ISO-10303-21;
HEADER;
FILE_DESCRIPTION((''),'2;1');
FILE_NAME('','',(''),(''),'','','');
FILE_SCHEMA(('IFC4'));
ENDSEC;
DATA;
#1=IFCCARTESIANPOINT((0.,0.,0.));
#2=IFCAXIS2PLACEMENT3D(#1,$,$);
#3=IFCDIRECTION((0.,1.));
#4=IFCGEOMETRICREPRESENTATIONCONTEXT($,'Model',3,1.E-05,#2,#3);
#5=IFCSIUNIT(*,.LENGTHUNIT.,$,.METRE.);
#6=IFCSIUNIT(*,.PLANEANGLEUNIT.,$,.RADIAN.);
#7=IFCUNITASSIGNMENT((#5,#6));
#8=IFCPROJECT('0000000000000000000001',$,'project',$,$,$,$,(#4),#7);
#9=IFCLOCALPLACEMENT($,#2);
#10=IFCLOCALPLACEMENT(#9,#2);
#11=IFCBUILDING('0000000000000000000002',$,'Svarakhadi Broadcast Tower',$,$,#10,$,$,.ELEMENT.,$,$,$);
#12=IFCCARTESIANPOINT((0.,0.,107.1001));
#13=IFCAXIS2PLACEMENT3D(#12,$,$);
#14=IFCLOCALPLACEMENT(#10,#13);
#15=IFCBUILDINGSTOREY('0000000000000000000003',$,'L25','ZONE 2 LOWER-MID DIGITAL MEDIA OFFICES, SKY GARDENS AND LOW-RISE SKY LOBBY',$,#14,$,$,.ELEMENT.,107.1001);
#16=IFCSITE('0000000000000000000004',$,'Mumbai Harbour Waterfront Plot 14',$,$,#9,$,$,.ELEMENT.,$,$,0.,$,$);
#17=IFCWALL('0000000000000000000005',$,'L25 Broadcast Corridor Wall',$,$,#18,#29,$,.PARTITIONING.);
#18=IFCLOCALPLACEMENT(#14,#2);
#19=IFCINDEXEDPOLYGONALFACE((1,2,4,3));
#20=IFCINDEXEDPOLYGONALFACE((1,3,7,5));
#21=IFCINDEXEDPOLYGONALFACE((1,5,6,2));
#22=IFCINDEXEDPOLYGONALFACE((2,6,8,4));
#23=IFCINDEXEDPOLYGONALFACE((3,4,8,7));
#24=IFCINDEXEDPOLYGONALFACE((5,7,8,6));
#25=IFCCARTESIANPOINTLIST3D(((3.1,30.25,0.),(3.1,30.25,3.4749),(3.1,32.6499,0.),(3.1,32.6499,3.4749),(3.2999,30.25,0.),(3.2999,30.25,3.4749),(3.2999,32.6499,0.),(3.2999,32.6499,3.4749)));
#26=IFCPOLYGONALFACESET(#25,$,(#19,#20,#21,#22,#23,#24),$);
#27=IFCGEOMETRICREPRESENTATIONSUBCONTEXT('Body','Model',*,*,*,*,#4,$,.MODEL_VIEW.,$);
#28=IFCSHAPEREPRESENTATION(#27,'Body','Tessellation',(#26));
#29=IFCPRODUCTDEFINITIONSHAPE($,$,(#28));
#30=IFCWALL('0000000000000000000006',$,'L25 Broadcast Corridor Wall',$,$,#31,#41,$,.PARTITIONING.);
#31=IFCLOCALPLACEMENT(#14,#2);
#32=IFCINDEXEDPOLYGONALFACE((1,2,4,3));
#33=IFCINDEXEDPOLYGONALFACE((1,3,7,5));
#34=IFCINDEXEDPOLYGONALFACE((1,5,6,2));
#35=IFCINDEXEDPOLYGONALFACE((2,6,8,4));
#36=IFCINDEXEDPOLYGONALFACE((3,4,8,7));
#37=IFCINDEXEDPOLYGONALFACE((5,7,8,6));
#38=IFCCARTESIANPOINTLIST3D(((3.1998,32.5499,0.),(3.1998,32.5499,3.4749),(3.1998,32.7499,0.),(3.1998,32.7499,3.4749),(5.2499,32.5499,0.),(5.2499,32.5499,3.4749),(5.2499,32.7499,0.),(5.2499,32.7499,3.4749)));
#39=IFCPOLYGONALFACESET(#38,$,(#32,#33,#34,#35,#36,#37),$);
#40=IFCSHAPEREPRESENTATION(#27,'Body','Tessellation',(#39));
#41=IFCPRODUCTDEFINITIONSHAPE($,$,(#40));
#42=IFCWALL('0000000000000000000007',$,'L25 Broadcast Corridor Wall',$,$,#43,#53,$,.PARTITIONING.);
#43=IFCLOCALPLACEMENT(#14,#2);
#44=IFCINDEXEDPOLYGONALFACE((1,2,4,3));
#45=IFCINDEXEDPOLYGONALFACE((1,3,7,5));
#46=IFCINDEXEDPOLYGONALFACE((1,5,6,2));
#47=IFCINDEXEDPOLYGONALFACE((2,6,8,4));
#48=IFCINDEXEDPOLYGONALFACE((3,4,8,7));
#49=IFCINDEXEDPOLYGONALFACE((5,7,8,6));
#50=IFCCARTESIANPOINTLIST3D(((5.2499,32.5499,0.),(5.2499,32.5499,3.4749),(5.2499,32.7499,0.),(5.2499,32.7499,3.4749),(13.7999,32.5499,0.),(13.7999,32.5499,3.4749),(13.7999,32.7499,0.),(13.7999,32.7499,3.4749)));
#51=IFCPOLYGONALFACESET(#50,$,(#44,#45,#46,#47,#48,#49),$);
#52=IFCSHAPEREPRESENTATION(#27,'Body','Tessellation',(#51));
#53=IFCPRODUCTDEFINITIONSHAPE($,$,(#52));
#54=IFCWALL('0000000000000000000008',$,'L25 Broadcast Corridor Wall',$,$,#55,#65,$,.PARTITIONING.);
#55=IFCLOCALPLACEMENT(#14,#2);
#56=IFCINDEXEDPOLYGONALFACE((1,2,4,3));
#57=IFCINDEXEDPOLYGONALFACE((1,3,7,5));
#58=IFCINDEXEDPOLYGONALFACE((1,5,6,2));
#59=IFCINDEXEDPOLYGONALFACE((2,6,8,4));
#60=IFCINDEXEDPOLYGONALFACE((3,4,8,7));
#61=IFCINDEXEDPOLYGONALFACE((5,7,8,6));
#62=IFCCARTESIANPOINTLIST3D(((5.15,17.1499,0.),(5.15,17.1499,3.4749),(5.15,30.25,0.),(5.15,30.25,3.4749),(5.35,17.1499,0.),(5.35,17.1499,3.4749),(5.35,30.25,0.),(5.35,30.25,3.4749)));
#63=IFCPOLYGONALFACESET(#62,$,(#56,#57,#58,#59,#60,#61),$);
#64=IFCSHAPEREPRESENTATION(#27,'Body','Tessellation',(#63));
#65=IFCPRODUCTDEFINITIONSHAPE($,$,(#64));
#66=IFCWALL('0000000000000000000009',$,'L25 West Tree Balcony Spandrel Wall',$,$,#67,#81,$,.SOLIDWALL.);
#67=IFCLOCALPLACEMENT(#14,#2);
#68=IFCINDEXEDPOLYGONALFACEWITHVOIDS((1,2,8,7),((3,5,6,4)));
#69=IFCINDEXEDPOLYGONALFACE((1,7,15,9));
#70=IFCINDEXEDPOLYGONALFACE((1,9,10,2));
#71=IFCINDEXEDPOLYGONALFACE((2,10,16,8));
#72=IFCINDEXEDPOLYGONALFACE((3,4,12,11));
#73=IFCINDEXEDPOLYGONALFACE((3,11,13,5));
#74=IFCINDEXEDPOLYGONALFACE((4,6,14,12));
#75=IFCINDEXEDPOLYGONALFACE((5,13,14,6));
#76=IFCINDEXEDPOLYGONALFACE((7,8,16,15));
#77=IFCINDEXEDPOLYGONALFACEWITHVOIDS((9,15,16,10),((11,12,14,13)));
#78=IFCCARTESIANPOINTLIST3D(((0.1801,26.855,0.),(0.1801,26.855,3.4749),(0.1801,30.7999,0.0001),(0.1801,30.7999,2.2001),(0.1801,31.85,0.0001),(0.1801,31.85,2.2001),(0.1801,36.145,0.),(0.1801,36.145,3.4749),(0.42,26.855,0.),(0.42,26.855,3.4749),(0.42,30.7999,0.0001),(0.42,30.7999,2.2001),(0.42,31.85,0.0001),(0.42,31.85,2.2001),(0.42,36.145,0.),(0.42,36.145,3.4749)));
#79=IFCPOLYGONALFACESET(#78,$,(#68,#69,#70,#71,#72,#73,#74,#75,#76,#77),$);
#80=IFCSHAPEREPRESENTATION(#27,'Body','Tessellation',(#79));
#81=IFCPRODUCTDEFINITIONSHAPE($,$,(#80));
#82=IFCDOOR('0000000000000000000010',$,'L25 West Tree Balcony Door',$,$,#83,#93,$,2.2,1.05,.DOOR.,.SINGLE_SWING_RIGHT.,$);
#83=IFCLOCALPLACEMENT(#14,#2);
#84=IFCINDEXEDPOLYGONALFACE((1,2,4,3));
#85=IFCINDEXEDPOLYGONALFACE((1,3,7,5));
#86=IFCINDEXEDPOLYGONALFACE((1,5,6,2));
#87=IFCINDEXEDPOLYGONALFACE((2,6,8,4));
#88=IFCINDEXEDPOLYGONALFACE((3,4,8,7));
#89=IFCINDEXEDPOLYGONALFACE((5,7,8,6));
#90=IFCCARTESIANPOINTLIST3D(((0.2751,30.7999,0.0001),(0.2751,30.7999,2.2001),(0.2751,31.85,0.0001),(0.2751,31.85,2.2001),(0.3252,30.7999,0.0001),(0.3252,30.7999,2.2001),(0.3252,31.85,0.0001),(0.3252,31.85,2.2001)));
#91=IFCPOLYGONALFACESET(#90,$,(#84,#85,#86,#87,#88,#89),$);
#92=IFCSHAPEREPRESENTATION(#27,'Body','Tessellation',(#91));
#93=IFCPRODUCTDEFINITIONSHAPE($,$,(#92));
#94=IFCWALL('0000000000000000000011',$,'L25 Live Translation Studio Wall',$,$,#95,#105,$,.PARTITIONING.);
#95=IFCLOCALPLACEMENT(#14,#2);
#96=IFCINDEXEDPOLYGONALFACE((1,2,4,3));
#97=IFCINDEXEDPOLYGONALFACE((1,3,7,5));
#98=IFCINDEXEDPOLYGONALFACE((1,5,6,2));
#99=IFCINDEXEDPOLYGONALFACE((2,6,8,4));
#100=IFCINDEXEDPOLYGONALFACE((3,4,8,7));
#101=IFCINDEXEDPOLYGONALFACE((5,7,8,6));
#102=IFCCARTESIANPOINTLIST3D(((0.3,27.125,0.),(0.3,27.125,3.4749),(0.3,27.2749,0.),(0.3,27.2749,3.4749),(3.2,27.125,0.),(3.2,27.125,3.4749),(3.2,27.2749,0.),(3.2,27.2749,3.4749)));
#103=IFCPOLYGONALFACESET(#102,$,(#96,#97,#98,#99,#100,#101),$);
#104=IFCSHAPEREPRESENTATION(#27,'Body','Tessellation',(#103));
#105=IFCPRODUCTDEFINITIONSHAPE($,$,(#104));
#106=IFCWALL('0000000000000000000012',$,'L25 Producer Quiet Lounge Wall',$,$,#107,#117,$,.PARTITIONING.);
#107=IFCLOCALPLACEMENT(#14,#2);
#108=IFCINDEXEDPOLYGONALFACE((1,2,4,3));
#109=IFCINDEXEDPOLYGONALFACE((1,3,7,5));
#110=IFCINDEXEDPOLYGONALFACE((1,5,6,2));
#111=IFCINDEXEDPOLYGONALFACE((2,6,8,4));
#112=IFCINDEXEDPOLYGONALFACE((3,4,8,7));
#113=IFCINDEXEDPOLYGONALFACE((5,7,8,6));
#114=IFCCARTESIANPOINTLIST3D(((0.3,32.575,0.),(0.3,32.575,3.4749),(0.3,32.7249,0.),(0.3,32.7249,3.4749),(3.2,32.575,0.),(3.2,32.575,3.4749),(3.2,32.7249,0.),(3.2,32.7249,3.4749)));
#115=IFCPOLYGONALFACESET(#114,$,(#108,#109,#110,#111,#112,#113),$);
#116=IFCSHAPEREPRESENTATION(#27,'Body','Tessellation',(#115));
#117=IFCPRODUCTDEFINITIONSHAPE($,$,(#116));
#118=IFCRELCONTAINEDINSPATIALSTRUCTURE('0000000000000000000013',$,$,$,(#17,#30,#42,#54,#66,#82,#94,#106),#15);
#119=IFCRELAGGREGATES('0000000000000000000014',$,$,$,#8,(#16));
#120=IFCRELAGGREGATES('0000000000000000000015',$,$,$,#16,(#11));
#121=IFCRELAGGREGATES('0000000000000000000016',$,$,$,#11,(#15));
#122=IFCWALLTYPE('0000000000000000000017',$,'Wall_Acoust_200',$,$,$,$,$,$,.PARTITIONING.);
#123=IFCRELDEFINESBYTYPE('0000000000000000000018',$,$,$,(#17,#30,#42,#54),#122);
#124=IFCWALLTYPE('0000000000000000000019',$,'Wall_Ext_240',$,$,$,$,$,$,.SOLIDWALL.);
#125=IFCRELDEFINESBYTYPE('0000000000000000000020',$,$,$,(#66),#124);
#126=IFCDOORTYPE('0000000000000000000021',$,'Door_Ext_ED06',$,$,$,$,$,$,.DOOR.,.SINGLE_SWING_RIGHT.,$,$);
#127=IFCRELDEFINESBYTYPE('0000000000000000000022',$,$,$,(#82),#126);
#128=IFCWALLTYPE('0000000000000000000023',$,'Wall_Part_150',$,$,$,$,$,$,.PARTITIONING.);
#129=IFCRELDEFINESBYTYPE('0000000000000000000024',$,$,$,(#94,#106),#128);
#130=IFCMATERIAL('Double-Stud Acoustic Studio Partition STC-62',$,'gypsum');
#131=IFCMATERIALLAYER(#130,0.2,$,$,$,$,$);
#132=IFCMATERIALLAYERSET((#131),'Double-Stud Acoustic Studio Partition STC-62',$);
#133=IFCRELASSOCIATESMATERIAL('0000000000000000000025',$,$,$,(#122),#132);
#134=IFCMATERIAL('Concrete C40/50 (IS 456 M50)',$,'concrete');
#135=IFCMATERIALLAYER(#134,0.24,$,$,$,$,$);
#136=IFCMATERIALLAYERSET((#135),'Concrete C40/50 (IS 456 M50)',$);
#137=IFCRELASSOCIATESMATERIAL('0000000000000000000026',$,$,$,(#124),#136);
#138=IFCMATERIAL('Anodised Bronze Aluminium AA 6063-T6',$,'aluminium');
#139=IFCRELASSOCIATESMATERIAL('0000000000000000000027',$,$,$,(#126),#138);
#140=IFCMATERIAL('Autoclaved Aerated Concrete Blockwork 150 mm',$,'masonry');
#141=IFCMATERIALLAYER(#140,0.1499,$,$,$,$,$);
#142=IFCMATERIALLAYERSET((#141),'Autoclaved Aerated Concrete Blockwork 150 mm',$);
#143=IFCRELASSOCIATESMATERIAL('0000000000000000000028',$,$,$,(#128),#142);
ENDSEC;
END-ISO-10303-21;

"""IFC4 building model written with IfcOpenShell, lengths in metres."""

from ifc_helpers import new_model, si_unit, direction, frame, frame_2d, origin, place, context, subcontext, project, spatial, rectangle, extrude, material, layer, layer_set, type_object, element, fill, save


model = new_model("IFC4")

# Units and contexts
model_context = context("Model", 3, precision=1e-05, world=origin(), true_north=direction((0.0, 1.0)))
body_context = subcontext(model_context, "Body", "Model", "MODEL_VIEW")
ifc_project = project(units=[si_unit("LENGTHUNIT", "METRE"), si_unit("PLANEANGLEUNIT", "RADIAN")], contexts=[model_context])

# Site, building, storey
site_placement = place(None, origin())
site = spatial("IfcSite", under=ifc_project, at=site_placement, Name="Mumbai Harbour Waterfront Plot 14", CompositionType="ELEMENT", RefElevation=0.0)
building_placement = place(site_placement, origin())
building = spatial("IfcBuilding", under=site, at=building_placement, Name="Svarakhadi Broadcast Tower", CompositionType="ELEMENT")
storey_placement = place(building_placement, frame((0.0, 0.0, 107.1001)))
storey = spatial("IfcBuildingStorey", under=building, at=storey_placement, Name="L25", Description="ZONE 2 LOWER-MID DIGITAL MEDIA OFFICES, SKY GARDENS AND LOW-RISE SKY LOBBY", CompositionType="ELEMENT", Elevation=107.1001)

# Shared definitions
ifc_material_1 = material(Name="Anodised Bronze Aluminium AA 6063-T6", Category="aluminium")

# Walls
ifc_material_2 = material(Name="Double-Stud Acoustic Studio Partition STC-62", Category="gypsum")
ifc_layer_1 = layer(ifc_material_2, 0.2)
ifc_layer_set_1 = layer_set([ifc_layer_1], Name="Double-Stud Acoustic Studio Partition STC-62")
wall_type_1 = type_object("IfcWallType", Name="Wall_Acoust_200", PredefinedType="PARTITIONING", material=ifc_layer_set_1)
wall_1_placement = place(storey_placement, frame((3.2, 30.25, 0.0), z_axis=(0.0, 0.0, 1.0), x_axis=(0.0, 1.0, 0.0)))
element("IfcWall", 1, at=wall_1_placement, inside=storey, type_object=wall_type_1, Name="L25 Broadcast Corridor Wall", PredefinedType="PARTITIONING", context=body_context, shape_type="SweptSolid", body=[
    extrude(rectangle(XDim=2.3999, YDim=0.2, at=frame_2d((1.2, 0.0))), origin(), (0.0, 0.0, 1.0), 3.4749),
])
wall_2_placement = place(storey_placement, frame((3.2, 32.6499, 0.0), z_axis=(0.0, 0.0, 1.0), x_axis=(1.0, 0.0, 0.0)))
element("IfcWall", 2, at=wall_2_placement, inside=storey, type_object=wall_type_1, Name="L25 Broadcast Corridor Wall", PredefinedType="PARTITIONING", context=body_context, shape_type="SweptSolid", body=[
    extrude(rectangle(XDim=2.05, YDim=0.2, at=frame_2d((1.0249, 0.0))), origin(), (0.0, 0.0, 1.0), 3.4749),
])
wall_3_placement = place(storey_placement, frame((5.25, 32.6499, 0.0), z_axis=(0.0, 0.0, 1.0), x_axis=(1.0, 0.0, 0.0)))
element("IfcWall", 3, at=wall_3_placement, inside=storey, type_object=wall_type_1, Name="L25 Broadcast Corridor Wall", PredefinedType="PARTITIONING", context=body_context, shape_type="SweptSolid", body=[
    extrude(rectangle(XDim=8.55, YDim=0.2, at=frame_2d((4.2749, 0.0))), origin(), (0.0, 0.0, 1.0), 3.4749),
])
wall_4_placement = place(storey_placement, frame((5.25, 30.25, 0.0), z_axis=(0.0, 0.0, 1.0), x_axis=(0.0, -1.0, 0.0)))
element("IfcWall", 4, at=wall_4_placement, inside=storey, type_object=wall_type_1, Name="L25 Broadcast Corridor Wall", PredefinedType="PARTITIONING", context=body_context, shape_type="SweptSolid", body=[
    extrude(rectangle(XDim=13.1001, YDim=0.2, at=frame_2d((6.55, 0.0))), origin(), (0.0, 0.0, 1.0), 3.4749),
])

# Wall, opening, door
ifc_material_3 = material(Name="Concrete C40/50 (IS 456 M50)", Category="concrete")
ifc_layer_2 = layer(ifc_material_3, 0.24)
ifc_layer_set_2 = layer_set([ifc_layer_2], Name="Concrete C40/50 (IS 456 M50)")
wall_type_2 = type_object("IfcWallType", Name="Wall_Ext_240", PredefinedType="SOLIDWALL", material=ifc_layer_set_2)
wall_5_placement = place(storey_placement, frame((0.3, 26.855, 0.0), z_axis=(0.0, 0.0, 1.0), x_axis=(0.0, 1.0, 0.0)))
wall_5 = element("IfcWall", 5, at=wall_5_placement, inside=storey, type_object=wall_type_2, Name="L25 West Tree Balcony Spandrel Wall", PredefinedType="SOLIDWALL", context=body_context, shape_type="SweptSolid", body=[
    extrude(rectangle(XDim=9.29, YDim=0.24, at=frame_2d((4.645, 0.0))), origin(), (0.0, 0.0, 1.0), 3.4749),
])
opening_placement = place(wall_5_placement, frame((3.9451, 0.0, 0.0)))
opening = element("IfcOpeningElement", 6, at=opening_placement, cuts=wall_5, PredefinedType="OPENING", context=body_context, shape_type="SweptSolid", body=[
    extrude(rectangle(XDim=1.05, YDim=2.2, at=frame_2d((0.5249, 1.1001))), frame((0.0, 0.1299, 0.0), z_axis=(0.0, -1.0, 0.0), x_axis=(1.0, 0.0, 0.0)), (0.0, 0.0, 1.0), 0.26),
])
door_type = type_object("IfcDoorType", Name="Door_Ext_ED06", OperationType="SINGLE_SWING_RIGHT", PredefinedType="DOOR", material=ifc_material_1)
door_placement = place(opening_placement, origin())
door = element("IfcDoor", 7, at=door_placement, inside=storey, type_object=door_type, Name="L25 West Tree Balcony Door", OperationType="SINGLE_SWING_RIGHT", OverallHeight=2.2, OverallWidth=1.05, PredefinedType="DOOR", context=body_context, shape_type="SweptSolid", body=[
    extrude(rectangle(XDim=1.05, YDim=2.2, at=frame_2d((0.5249, 1.1001))), frame((0.0, 0.0249, 0.0), z_axis=(0.0, -1.0, 0.0), x_axis=(1.0, 0.0, 0.0)), (0.0, 0.0, 1.0), 0.05),
])
fill(opening, door)

# Walls
ifc_material_4 = material(Name="Autoclaved Aerated Concrete Blockwork 150 mm", Category="masonry")
ifc_layer_3 = layer(ifc_material_4, 0.1499)
ifc_layer_set_3 = layer_set([ifc_layer_3], Name="Autoclaved Aerated Concrete Blockwork 150 mm")
wall_type_3 = type_object("IfcWallType", Name="Wall_Part_150", PredefinedType="PARTITIONING", material=ifc_layer_set_3)
for number, where, z_axis, x_axis, name in (
    (8, (0.3, 27.2, 0.0), (0.0, 0.0, 1.0), (1.0, 0.0, 0.0), "L25 Live Translation Studio Wall"),
    (9, (0.3, 32.6499, 0.0), (0.0, 0.0, 1.0), (1.0, 0.0, 0.0), "L25 Producer Quiet Lounge Wall"),
):
    element("IfcWall", number, at=place(storey_placement, frame(where, z_axis=z_axis, x_axis=x_axis)), inside=storey, type_object=wall_type_3, Name=name, PredefinedType="PARTITIONING", context=body_context, shape_type="SweptSolid", body=[
        extrude(rectangle(XDim=2.8999, YDim=0.1499, at=frame_2d((1.45, 0.0))), origin(), (0.0, 0.0, 1.0), 3.4749),
    ])

save(model, "model.ifc")
